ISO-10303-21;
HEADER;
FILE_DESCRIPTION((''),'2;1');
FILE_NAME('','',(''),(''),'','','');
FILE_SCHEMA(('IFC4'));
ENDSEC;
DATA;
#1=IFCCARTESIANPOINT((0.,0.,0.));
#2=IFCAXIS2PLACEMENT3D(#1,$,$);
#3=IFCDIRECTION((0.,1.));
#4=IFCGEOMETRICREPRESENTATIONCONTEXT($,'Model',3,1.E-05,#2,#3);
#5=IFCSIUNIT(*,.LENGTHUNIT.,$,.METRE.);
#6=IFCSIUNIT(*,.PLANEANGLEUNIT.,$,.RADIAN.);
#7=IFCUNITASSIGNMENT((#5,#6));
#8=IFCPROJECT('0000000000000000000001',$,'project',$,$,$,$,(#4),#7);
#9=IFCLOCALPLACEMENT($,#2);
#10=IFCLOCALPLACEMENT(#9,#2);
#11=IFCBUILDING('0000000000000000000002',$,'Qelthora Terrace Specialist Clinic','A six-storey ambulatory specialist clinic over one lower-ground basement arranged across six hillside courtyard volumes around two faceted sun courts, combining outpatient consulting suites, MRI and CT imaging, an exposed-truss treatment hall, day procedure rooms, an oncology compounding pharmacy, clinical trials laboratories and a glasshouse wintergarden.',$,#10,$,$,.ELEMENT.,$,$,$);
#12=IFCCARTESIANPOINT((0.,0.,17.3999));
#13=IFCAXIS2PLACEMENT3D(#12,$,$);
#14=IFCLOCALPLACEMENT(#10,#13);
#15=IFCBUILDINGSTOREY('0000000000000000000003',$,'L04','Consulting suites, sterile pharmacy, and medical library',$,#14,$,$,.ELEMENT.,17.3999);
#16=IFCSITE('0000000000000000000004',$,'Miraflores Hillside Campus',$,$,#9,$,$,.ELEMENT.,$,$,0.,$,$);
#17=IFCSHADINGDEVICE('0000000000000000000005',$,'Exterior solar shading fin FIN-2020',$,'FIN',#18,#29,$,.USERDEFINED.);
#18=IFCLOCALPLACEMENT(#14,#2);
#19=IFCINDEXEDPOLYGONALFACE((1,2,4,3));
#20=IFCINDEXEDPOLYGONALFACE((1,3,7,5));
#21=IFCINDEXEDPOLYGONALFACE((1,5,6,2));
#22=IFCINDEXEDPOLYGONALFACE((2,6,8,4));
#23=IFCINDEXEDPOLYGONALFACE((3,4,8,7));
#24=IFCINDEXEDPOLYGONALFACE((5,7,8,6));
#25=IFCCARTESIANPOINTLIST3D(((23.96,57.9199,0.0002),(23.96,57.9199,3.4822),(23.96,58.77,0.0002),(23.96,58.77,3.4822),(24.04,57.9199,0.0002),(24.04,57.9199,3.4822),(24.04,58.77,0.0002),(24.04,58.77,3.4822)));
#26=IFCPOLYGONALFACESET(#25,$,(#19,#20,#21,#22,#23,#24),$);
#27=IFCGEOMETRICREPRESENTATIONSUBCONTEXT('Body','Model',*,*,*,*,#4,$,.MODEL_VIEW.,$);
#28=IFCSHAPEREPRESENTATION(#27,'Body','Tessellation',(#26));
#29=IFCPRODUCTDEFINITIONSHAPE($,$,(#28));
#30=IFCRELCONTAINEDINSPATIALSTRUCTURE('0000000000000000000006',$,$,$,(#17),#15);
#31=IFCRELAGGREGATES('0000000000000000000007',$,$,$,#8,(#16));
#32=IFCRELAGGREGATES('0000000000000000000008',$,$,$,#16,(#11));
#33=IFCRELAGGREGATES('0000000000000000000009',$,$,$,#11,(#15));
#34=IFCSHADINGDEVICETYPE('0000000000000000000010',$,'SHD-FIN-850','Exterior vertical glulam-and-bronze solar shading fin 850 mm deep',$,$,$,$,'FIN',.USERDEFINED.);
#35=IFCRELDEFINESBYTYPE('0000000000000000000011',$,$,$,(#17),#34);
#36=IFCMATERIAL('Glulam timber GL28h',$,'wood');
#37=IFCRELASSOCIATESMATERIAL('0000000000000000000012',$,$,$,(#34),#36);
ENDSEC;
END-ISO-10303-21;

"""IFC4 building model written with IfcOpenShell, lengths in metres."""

from ifc_helpers import new_model, si_unit, direction, frame, origin, origin_2d, place, context, subcontext, project, spatial, rectangle, extrude, material, type_object, element, save


model = new_model("IFC4")

# Units and contexts
model_context = context("Model", 3, precision=1e-05, world=origin(), true_north=direction((0.0, 1.0)))
body_context = subcontext(model_context, "Body", "Model", "MODEL_VIEW")
ifc_project = project(units=[si_unit("LENGTHUNIT", "METRE"), si_unit("PLANEANGLEUNIT", "RADIAN")], contexts=[model_context])

# Site, building, storey
site_placement = place(None, origin())
site = spatial("IfcSite", under=ifc_project, at=site_placement, Name="Miraflores Hillside Campus", CompositionType="ELEMENT", RefElevation=0.0)
building_placement = place(site_placement, origin())
building = spatial("IfcBuilding", under=site, at=building_placement, Name="Qelthora Terrace Specialist Clinic", Description="A six-storey ambulatory specialist clinic over one lower-ground basement arranged across six hillside courtyard volumes around two faceted sun courts, combining outpatient consulting suites, MRI and CT imaging, an exposed-truss treatment hall, day procedure rooms, an oncology compounding pharmacy, clinical trials laboratories and a glasshouse wintergarden.", CompositionType="ELEMENT")
storey_placement = place(building_placement, frame((0.0, 0.0, 17.3999)))
storey = spatial("IfcBuildingStorey", under=building, at=storey_placement, Name="L04", Description="Consulting suites, sterile pharmacy, and medical library", CompositionType="ELEMENT", Elevation=17.3999)

# Shading device
ifc_material_1 = material(Name="Glulam timber GL28h", Category="wood")
shading_device_type = type_object("IfcShadingDeviceType", Name="SHD-FIN-850", Description="Exterior vertical glulam-and-bronze solar shading fin 850 mm deep", ElementType="FIN", PredefinedType="USERDEFINED", material=ifc_material_1)
for number, where, z_axis, x_axis, name in (
    (1, (24.0, 58.345, 0.0002), (0.0, 0.0, 1.0), (0.0, -1.0, 0.0), "Exterior solar shading fin FIN-2020"),
):
    element("IfcShadingDevice", number, at=place(storey_placement, frame(where, z_axis=z_axis, x_axis=x_axis)), inside=storey, type_object=shading_device_type, Name=name, ObjectType="FIN", PredefinedType="USERDEFINED", context=body_context, shape_type="SweptSolid", body=[
        extrude(rectangle(XDim=0.8501, YDim=0.0801, at=origin_2d()), origin(), (0.0, 0.0, 1.0), 3.4819),
    ])

save(model, "model.ifc")
